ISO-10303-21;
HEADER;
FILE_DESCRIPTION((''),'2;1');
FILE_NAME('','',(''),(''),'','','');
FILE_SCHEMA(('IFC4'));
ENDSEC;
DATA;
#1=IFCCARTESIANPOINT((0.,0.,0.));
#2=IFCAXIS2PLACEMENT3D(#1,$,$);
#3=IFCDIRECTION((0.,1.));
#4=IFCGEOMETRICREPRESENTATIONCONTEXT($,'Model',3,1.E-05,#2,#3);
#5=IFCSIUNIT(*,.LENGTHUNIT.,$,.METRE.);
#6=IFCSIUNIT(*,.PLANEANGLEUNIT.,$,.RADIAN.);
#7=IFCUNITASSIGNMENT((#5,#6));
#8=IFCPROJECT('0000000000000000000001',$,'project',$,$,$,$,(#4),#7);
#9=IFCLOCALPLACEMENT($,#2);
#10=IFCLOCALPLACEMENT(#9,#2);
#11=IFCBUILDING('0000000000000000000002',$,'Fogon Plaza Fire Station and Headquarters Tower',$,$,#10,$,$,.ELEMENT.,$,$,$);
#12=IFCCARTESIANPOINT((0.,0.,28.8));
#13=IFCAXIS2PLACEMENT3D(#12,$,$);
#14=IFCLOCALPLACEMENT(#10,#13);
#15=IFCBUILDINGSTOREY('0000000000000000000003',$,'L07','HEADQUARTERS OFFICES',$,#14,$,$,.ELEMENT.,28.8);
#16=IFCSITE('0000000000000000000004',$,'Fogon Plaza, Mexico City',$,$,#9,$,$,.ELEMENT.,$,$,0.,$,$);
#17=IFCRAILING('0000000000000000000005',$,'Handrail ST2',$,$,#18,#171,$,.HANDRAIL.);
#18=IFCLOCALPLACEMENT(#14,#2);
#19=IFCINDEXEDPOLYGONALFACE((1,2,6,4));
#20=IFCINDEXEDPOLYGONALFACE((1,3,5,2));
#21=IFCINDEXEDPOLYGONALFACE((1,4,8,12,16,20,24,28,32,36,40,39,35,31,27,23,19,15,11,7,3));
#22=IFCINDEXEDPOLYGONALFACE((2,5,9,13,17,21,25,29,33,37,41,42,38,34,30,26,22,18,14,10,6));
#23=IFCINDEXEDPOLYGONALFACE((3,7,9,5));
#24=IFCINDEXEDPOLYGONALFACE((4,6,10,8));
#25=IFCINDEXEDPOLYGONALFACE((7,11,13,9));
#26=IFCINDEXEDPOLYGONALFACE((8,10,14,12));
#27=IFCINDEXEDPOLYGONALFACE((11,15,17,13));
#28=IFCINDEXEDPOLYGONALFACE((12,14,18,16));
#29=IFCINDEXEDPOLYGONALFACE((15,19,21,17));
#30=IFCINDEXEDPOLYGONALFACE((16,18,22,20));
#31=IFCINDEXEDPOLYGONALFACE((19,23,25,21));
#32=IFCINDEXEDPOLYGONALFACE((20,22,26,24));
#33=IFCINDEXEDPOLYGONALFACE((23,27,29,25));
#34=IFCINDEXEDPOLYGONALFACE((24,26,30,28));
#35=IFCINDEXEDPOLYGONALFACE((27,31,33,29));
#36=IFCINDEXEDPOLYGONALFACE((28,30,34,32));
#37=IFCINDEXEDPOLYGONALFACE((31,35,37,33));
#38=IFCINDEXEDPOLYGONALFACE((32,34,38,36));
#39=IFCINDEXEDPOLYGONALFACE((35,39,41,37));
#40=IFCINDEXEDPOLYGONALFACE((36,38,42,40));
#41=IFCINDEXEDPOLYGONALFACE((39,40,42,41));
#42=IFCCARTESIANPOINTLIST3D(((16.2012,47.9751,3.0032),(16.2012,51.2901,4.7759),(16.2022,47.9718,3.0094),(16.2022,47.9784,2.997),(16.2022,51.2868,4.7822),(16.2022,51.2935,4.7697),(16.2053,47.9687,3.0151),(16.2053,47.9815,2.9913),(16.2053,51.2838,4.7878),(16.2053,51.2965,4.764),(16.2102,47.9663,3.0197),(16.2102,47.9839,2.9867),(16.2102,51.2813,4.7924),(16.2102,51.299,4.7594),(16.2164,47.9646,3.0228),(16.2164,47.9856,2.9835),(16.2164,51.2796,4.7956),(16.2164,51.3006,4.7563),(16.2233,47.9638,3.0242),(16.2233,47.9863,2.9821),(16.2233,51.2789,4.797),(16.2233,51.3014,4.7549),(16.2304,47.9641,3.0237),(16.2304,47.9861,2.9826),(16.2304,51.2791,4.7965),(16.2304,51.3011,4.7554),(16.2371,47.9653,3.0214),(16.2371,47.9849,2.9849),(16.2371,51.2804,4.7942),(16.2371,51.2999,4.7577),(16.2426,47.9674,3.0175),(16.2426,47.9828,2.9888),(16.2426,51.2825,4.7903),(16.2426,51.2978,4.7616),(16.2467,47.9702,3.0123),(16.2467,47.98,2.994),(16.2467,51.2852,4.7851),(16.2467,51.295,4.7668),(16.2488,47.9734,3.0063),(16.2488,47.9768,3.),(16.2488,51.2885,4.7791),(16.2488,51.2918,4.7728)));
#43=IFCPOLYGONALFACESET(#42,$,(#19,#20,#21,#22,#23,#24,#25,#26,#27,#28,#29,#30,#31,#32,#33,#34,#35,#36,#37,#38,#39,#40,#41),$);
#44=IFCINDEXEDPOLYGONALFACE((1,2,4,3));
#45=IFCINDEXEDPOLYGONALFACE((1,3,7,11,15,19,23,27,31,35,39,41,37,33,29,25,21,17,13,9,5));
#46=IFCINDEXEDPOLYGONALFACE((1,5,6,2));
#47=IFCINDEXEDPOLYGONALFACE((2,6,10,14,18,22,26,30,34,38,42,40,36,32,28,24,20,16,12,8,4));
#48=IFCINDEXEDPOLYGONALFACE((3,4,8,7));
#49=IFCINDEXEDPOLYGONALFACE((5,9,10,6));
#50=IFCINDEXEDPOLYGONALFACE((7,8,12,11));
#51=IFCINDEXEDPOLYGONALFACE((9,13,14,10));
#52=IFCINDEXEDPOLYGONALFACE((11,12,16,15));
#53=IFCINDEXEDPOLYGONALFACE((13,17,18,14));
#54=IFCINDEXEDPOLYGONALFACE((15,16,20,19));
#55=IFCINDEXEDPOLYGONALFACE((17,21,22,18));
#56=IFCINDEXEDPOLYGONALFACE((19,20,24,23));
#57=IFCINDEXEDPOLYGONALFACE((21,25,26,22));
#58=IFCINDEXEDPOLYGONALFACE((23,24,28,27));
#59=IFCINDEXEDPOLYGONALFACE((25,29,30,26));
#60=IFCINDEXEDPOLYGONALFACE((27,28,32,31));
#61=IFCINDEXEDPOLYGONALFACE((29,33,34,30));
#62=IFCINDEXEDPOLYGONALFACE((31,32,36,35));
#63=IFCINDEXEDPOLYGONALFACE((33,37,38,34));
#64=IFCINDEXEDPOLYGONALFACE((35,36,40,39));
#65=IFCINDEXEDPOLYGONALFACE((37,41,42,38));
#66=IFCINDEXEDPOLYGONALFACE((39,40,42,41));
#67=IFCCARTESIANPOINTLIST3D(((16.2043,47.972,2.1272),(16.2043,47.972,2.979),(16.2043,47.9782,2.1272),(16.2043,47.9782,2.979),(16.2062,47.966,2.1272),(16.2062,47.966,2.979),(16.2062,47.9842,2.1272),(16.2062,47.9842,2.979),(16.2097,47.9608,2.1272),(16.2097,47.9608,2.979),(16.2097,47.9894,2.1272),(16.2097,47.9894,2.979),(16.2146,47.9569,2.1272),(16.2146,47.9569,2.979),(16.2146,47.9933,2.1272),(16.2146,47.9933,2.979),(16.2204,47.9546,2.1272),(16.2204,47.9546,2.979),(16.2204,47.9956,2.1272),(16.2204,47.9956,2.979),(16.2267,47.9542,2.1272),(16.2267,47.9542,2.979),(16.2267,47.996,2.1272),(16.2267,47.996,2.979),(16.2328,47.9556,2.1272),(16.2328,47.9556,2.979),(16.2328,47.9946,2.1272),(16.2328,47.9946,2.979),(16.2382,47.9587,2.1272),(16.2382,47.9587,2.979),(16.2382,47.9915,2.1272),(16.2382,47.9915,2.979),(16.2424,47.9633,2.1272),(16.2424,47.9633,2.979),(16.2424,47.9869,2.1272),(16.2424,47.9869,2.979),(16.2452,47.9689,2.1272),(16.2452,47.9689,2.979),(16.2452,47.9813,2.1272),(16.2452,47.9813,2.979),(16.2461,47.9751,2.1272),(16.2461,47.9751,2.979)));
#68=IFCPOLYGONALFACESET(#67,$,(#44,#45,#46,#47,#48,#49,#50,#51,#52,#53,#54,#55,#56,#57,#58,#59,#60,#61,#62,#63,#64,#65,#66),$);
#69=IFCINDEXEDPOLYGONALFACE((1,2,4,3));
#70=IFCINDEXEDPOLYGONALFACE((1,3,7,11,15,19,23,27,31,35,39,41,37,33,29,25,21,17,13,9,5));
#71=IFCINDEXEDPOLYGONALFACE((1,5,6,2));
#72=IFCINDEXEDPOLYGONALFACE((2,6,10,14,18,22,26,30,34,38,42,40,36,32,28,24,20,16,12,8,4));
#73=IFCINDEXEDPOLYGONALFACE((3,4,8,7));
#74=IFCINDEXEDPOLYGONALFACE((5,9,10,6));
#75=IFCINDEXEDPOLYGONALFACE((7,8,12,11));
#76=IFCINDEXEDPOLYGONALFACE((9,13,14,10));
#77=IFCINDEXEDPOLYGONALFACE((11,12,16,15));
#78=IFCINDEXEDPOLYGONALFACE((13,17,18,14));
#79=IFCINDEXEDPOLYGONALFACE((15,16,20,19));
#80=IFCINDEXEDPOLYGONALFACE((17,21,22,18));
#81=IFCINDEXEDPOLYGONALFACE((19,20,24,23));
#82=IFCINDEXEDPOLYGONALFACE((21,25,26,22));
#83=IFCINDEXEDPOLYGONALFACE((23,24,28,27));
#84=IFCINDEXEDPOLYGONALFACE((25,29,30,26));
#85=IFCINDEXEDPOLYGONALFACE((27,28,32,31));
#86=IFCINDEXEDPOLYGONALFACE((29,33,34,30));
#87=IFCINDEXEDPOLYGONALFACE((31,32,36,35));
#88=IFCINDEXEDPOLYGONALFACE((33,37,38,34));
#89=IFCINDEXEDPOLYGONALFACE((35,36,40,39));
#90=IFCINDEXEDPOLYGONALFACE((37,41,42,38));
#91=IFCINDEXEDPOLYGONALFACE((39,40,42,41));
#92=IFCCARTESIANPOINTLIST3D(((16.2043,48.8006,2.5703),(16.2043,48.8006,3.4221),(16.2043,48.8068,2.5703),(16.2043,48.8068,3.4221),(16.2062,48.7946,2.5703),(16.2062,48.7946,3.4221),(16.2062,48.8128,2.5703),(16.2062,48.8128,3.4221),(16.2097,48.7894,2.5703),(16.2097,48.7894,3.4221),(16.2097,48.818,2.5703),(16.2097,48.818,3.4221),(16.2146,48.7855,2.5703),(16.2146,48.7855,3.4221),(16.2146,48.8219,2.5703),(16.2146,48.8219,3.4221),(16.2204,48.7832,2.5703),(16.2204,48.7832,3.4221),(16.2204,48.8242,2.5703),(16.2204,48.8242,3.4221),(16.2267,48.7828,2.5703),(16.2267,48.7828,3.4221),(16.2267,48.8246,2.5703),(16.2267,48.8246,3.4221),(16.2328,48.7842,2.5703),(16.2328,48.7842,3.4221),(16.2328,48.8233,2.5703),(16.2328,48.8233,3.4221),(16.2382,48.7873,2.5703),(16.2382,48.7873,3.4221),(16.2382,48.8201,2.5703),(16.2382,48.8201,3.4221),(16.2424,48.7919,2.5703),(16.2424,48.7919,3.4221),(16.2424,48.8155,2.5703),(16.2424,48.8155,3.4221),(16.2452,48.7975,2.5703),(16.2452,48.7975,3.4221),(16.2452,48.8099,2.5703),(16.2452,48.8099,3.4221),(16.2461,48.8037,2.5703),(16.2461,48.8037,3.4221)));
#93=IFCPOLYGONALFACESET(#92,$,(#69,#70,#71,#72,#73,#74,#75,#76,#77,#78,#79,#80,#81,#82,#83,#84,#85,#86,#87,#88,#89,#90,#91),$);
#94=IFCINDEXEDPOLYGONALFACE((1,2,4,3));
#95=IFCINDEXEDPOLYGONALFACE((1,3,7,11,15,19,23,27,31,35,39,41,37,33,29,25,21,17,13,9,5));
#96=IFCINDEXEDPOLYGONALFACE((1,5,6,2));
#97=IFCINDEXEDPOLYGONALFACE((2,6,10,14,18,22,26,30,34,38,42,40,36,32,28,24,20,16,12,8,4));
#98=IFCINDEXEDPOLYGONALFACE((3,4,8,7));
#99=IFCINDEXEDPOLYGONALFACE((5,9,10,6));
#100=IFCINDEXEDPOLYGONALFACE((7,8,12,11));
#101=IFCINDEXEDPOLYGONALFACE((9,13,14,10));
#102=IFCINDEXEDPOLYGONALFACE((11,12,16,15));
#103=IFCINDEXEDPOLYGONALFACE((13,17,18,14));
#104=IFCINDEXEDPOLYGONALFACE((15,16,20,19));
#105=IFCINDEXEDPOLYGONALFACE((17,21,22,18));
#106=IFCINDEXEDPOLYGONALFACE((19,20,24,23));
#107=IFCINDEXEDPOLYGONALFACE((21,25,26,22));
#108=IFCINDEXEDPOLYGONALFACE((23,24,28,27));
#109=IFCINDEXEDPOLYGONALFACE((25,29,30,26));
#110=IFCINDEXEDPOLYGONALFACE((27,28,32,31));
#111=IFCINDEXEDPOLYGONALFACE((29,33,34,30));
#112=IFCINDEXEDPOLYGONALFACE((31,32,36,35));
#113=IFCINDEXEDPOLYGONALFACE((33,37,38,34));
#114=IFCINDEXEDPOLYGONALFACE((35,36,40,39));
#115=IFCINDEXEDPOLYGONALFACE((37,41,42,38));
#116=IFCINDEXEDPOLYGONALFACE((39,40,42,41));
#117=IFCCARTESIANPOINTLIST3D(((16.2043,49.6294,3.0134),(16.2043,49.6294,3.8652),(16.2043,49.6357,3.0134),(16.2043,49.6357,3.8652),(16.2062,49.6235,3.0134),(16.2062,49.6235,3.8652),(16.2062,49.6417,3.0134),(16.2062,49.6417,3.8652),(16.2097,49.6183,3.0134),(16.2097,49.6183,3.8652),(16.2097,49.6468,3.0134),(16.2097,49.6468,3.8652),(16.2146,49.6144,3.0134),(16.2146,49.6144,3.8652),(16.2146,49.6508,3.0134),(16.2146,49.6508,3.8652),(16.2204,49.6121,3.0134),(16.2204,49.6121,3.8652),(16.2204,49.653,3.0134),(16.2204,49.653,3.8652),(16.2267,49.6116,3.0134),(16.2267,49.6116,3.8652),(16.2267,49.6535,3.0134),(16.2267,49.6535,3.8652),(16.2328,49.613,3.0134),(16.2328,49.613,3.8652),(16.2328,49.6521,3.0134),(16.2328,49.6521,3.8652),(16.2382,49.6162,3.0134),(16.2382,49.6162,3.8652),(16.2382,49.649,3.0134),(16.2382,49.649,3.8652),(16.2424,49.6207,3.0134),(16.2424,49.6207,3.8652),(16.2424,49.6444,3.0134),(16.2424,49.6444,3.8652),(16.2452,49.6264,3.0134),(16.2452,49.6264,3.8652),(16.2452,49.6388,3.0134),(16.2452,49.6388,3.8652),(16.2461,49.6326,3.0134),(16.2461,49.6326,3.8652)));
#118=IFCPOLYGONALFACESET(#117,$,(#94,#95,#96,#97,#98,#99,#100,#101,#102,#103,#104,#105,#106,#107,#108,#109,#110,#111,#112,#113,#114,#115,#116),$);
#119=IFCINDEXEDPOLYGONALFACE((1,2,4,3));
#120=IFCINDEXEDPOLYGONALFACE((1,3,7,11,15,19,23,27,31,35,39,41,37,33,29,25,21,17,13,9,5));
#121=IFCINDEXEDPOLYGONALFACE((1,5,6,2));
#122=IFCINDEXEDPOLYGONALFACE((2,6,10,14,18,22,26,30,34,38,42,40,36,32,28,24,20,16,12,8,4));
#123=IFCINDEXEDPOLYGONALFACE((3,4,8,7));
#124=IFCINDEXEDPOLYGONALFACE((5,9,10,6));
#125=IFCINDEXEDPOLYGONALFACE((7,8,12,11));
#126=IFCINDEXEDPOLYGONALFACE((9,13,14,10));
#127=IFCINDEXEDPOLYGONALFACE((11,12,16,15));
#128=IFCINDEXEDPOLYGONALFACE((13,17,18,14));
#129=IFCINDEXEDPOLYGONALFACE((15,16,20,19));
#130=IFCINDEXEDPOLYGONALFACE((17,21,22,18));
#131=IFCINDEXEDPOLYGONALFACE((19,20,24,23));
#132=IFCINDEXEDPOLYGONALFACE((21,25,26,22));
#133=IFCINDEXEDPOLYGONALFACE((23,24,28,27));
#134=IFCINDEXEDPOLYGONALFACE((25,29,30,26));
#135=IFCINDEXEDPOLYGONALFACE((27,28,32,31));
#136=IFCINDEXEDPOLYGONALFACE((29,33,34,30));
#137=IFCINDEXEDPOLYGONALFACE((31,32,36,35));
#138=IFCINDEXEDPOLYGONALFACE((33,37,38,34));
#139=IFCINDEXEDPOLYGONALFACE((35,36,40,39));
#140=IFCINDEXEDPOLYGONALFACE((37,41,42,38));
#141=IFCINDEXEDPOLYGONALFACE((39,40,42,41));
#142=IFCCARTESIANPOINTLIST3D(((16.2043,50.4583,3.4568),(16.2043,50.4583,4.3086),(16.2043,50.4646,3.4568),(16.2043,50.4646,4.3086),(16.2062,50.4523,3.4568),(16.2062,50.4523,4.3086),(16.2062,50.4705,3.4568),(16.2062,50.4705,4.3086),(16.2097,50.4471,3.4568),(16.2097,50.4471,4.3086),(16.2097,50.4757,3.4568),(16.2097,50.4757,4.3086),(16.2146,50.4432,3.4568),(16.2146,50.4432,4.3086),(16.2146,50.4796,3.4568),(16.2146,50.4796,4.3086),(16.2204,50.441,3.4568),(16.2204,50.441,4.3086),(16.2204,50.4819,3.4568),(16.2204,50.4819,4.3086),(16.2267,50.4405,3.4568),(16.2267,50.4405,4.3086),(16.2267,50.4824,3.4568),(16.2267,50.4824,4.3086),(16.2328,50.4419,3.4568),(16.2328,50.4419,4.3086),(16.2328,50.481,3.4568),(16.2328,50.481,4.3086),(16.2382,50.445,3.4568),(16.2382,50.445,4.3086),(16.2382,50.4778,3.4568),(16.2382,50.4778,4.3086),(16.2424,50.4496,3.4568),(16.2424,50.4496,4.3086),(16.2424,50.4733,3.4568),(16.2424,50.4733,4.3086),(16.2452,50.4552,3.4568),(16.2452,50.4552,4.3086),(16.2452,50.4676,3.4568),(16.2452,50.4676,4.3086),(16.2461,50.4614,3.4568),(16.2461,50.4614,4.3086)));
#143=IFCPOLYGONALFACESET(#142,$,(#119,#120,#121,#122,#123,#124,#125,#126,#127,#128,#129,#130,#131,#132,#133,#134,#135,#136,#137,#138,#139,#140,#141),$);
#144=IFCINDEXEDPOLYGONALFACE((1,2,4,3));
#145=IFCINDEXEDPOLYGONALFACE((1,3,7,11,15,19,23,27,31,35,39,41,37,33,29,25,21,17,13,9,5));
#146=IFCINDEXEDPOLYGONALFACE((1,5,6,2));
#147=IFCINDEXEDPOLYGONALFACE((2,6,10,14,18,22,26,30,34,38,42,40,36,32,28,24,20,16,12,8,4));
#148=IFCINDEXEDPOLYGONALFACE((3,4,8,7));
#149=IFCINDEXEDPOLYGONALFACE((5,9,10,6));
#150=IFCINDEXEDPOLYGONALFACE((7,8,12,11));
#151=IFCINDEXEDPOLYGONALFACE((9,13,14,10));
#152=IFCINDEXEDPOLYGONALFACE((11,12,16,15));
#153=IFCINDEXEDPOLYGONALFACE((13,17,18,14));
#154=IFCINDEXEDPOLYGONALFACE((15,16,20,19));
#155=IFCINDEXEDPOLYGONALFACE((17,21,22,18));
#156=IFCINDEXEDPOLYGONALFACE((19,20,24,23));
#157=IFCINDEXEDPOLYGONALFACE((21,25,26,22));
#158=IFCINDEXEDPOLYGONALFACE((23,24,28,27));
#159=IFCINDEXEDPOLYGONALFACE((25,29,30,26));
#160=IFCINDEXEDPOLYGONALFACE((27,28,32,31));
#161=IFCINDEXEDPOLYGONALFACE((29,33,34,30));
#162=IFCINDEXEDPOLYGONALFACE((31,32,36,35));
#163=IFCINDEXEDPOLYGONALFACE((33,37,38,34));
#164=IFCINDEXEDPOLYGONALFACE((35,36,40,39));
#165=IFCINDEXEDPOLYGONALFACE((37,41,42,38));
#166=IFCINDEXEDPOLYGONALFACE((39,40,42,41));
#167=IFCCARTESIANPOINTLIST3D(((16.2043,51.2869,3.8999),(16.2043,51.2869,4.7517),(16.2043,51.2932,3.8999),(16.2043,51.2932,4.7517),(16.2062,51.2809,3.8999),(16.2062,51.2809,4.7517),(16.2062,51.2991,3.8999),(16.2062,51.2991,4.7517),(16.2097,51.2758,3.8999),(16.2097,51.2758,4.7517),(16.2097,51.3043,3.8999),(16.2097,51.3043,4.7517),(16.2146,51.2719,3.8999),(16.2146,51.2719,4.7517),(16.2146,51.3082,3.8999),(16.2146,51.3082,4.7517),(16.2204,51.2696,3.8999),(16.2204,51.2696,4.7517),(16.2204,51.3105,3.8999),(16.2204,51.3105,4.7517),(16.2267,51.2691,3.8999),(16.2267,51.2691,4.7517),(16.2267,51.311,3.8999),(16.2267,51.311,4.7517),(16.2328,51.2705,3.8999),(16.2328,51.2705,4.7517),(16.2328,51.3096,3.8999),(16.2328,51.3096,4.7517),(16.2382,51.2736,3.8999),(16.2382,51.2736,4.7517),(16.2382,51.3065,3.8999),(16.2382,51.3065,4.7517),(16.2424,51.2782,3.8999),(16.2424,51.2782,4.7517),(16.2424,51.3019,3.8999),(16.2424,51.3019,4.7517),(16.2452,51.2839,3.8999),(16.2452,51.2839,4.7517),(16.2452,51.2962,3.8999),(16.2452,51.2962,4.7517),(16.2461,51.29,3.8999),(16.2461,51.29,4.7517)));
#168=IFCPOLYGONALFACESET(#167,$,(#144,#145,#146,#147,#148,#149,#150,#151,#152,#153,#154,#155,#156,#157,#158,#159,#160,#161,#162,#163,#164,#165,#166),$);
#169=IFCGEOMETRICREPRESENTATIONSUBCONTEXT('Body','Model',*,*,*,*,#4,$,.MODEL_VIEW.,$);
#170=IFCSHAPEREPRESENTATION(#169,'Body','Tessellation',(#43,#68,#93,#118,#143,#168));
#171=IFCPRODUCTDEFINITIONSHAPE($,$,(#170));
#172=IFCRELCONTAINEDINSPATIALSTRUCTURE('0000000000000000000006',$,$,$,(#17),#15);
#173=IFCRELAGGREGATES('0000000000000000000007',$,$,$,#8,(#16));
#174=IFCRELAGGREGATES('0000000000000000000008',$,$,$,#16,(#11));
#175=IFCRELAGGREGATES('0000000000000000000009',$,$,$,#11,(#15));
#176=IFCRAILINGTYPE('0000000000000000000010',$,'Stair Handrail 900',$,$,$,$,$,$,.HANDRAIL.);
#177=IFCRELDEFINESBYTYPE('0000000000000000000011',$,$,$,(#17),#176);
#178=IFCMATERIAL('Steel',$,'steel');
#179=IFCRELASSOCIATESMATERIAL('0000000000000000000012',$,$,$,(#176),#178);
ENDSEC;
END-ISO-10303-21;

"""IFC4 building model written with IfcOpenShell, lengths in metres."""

from ifc_helpers import new_model, si_unit, direction, frame, origin, origin_2d, place, context, subcontext, project, spatial, circle, extrude, material, type_object, element, save


model = new_model("IFC4")

# Units and contexts
model_context = context("Model", 3, precision=1e-05, world=origin(), true_north=direction((0.0, 1.0)))
body_context = subcontext(model_context, "Body", "Model", "MODEL_VIEW")
ifc_project = project(units=[si_unit("LENGTHUNIT", "METRE"), si_unit("PLANEANGLEUNIT", "RADIAN")], contexts=[model_context])

# Site, building, storey
site_placement = place(None, origin())
site = spatial("IfcSite", under=ifc_project, at=site_placement, Name="Fogon Plaza, Mexico City", CompositionType="ELEMENT", RefElevation=0.0)
building_placement = place(site_placement, origin())
building = spatial("IfcBuilding", under=site, at=building_placement, Name="Fogon Plaza Fire Station and Headquarters Tower", CompositionType="ELEMENT")
storey_placement = place(building_placement, frame((0.0, 0.0, 28.8)))
storey = spatial("IfcBuildingStorey", under=building, at=storey_placement, Name="L07", Description="HEADQUARTERS OFFICES", CompositionType="ELEMENT", Elevation=28.8)

# Railing
ifc_material_1 = material(Name="Steel", Category="steel")
railing_type = type_object("IfcRailingType", Name="Stair Handrail 900", PredefinedType="HANDRAIL", material=ifc_material_1)
for number, where, name in (
    (1, (16.2251, 47.9751, 2.1272), "Handrail ST2"),
):
    element("IfcRailing", number, at=place(storey_placement, frame(where)), inside=storey, type_object=railing_type, Name=name, PredefinedType="HANDRAIL", context=body_context, shape_type="SweptSolid", body=[
        extrude(circle(Radius=0.0239, at=origin_2d()), frame((0.0, 0.0, 0.876), z_axis=(0.0, 0.881829, 0.471569), x_axis=(-1.0, 0.0, 0.0)), (0.0, 0.0, 1.0), 3.7593),
        extrude(circle(Radius=0.021, at=origin_2d()), origin(), (0.0, 0.0, 1.0), 0.8518),
        extrude(circle(Radius=0.021, at=origin_2d()), frame((0.0, 0.8286, 0.4431)), (0.0, 0.0, 1.0), 0.8518),
        extrude(circle(Radius=0.021, at=origin_2d()), frame((0.0, 1.6575, 0.8862)), (0.0, 0.0, 1.0), 0.8518),
        extrude(circle(Radius=0.021, at=origin_2d()), frame((0.0, 2.4863, 1.3296)), (0.0, 0.0, 1.0), 0.8518),
        extrude(circle(Radius=0.021, at=origin_2d()), frame((0.0, 3.3149, 1.7727)), (0.0, 0.0, 1.0), 0.8518),
    ])

save(model, "model.ifc")
